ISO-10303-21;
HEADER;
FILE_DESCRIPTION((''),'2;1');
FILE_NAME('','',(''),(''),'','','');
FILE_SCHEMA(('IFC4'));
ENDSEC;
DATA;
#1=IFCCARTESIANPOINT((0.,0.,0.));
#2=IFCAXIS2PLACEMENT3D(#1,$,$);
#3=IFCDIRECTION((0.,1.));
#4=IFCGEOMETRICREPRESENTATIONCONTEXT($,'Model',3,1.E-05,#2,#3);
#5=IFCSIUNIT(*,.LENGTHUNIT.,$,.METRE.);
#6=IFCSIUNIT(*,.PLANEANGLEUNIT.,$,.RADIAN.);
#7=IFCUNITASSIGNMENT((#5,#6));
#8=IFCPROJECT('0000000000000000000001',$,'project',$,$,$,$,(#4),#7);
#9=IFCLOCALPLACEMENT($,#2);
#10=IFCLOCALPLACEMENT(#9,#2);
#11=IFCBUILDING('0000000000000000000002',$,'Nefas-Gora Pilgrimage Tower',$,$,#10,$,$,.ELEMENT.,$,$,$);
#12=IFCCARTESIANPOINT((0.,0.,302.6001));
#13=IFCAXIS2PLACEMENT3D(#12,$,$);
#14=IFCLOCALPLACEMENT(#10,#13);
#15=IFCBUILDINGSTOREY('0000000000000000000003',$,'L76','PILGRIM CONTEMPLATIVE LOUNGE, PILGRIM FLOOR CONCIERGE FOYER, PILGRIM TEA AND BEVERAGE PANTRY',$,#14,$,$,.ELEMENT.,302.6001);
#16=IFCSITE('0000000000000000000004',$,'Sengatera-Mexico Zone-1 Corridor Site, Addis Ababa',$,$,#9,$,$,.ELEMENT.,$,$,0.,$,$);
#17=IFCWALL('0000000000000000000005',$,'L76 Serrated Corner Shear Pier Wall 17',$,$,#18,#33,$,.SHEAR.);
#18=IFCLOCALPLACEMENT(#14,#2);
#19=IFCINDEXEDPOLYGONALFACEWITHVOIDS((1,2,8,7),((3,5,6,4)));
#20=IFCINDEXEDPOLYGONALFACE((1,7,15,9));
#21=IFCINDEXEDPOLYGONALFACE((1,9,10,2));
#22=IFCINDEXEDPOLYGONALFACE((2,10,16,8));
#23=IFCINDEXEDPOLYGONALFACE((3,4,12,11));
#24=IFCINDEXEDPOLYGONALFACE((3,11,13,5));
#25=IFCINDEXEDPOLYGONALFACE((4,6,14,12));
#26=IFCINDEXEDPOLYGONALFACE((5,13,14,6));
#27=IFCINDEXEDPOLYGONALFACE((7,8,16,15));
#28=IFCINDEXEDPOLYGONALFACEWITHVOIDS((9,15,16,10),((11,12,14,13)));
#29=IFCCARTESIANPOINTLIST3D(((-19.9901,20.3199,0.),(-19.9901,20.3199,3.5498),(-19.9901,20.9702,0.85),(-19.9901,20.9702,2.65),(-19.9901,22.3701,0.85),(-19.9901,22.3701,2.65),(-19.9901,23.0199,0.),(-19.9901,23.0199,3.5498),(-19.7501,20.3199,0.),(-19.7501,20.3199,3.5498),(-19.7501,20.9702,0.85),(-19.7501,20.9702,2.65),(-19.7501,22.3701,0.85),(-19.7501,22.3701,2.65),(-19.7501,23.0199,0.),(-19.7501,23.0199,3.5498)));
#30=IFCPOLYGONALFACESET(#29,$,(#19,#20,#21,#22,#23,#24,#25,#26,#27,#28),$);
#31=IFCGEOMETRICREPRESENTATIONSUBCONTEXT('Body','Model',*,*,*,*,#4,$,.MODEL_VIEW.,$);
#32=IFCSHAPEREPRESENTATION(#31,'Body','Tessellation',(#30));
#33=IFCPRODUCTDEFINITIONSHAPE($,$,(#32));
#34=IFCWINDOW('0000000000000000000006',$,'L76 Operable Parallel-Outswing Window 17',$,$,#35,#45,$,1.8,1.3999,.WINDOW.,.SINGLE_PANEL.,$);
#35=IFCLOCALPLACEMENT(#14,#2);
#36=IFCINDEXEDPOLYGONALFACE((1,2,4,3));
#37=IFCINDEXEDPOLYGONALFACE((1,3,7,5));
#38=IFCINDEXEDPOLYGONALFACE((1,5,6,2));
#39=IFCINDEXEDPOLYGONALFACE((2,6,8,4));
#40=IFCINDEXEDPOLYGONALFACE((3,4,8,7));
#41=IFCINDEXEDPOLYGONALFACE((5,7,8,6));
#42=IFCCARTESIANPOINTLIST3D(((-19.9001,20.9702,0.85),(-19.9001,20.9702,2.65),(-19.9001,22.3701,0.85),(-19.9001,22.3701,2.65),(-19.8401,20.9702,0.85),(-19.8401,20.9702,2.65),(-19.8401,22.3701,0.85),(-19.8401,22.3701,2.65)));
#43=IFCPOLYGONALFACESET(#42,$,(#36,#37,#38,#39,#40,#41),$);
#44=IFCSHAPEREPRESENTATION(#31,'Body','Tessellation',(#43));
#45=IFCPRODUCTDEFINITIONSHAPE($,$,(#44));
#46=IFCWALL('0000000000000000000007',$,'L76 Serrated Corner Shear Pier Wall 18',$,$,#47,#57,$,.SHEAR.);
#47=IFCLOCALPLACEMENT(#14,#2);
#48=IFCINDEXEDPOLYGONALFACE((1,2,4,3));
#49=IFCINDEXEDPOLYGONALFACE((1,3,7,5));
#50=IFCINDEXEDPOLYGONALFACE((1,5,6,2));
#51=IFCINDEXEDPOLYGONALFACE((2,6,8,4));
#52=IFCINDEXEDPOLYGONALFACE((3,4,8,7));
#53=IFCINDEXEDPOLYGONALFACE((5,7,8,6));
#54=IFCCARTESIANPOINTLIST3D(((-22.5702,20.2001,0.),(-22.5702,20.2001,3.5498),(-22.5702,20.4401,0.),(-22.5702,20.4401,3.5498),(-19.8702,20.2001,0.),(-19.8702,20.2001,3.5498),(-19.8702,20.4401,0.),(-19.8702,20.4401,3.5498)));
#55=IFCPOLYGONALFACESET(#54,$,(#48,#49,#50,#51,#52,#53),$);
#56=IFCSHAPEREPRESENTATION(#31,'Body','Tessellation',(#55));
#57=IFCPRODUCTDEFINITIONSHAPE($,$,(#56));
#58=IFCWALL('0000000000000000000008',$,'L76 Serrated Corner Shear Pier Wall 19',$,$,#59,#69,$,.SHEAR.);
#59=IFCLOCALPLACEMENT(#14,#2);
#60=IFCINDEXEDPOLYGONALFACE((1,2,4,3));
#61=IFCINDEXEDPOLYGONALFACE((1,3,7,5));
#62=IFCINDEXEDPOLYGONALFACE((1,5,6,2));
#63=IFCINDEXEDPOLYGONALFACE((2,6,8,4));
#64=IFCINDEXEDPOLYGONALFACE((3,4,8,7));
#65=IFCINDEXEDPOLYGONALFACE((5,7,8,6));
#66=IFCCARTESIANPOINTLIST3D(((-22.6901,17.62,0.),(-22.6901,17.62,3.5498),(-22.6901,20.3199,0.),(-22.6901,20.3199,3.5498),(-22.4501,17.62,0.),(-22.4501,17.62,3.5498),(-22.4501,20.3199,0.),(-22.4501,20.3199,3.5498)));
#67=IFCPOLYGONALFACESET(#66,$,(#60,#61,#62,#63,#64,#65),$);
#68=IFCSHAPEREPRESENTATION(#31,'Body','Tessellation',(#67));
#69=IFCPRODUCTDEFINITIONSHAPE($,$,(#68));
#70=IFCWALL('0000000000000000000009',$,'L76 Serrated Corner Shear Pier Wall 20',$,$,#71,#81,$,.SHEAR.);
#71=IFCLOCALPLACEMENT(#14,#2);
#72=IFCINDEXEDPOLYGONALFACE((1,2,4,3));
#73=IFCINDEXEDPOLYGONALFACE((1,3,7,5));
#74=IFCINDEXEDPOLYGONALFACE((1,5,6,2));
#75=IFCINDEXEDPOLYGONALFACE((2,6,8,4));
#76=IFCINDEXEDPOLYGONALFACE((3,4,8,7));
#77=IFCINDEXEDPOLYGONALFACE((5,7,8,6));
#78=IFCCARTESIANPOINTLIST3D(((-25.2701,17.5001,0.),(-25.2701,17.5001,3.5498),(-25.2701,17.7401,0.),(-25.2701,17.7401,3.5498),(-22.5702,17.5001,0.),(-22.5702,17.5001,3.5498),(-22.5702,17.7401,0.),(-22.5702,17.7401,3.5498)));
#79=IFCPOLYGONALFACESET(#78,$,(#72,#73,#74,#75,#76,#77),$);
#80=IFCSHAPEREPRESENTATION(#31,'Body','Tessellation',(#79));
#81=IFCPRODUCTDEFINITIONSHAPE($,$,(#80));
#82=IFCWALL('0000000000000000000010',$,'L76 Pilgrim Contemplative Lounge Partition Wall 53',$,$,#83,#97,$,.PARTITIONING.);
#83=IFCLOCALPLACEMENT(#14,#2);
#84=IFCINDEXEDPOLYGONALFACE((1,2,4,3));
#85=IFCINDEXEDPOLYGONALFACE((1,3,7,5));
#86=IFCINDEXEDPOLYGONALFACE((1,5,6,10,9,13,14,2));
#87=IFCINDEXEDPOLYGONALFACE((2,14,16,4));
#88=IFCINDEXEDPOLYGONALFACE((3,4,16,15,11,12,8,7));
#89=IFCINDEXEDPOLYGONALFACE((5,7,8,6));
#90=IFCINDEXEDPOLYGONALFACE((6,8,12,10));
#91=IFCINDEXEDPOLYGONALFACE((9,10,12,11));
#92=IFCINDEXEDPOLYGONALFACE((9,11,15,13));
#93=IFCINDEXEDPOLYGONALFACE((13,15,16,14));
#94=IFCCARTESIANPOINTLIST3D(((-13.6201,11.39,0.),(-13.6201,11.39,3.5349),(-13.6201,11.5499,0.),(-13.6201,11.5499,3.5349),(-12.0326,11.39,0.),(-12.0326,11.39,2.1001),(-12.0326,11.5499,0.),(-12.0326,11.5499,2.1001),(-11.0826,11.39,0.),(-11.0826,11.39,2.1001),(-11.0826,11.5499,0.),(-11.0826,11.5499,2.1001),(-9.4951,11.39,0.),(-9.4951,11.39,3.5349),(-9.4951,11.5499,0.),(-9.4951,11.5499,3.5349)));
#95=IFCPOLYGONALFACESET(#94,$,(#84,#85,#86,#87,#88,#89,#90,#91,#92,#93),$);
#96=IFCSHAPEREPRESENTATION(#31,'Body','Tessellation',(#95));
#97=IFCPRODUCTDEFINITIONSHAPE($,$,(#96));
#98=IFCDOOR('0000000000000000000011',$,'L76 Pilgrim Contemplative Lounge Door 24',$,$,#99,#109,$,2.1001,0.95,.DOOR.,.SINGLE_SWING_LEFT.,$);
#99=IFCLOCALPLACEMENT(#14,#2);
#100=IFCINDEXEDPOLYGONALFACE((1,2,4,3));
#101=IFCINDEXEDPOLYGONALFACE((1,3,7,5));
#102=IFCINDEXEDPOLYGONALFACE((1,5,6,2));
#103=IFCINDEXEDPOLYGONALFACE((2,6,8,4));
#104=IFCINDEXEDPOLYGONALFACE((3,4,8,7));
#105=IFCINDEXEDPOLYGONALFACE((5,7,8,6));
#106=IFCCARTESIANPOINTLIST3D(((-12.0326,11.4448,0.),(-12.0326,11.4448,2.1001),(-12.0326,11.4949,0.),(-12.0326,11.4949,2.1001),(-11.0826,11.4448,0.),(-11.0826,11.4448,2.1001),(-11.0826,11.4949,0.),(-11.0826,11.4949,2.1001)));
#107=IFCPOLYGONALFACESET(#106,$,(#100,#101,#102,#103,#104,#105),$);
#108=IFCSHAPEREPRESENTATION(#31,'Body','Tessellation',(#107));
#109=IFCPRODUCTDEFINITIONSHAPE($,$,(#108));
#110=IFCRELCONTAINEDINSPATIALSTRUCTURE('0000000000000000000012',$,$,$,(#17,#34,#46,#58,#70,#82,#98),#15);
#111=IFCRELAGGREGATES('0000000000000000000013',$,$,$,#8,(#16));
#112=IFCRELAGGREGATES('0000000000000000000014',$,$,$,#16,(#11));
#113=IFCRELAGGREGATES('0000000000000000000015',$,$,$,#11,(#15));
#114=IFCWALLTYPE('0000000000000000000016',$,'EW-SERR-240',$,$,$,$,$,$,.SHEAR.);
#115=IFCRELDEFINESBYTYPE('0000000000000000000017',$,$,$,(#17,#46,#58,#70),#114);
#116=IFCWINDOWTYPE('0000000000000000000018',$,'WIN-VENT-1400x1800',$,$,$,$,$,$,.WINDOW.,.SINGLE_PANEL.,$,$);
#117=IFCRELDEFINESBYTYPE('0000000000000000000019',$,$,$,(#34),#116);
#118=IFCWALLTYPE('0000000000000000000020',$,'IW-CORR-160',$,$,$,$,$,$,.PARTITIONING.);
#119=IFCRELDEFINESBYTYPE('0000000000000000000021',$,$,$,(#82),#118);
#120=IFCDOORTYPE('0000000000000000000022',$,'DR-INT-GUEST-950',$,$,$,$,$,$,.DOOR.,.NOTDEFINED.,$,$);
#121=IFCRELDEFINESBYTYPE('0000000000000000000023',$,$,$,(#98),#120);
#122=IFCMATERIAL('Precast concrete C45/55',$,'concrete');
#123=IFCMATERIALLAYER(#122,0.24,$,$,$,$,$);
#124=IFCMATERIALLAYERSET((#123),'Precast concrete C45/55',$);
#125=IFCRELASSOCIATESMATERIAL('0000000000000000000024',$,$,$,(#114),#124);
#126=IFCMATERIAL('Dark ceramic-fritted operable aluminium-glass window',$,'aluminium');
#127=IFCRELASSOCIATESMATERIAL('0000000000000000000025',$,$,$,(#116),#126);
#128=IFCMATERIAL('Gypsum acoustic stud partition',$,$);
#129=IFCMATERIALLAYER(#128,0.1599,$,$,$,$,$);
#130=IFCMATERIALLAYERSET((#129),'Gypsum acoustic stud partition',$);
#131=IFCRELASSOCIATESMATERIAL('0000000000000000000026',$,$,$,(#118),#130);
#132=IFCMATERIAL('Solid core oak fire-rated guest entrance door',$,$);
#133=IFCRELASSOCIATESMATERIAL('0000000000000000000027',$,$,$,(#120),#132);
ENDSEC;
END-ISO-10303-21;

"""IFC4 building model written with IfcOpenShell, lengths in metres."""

from ifc_helpers import new_model, si_unit, direction, frame, frame_2d, origin, place, context, subcontext, project, spatial, rectangle, extrude, source, transform, mapped, material, layer, layer_set, type_object, element, fill, save


model = new_model("IFC4")

# Units and contexts
model_context = context("Model", 3, precision=1e-05, world=origin(), true_north=direction((0.0, 1.0)))
body_context = subcontext(model_context, "Body", "Model", "MODEL_VIEW")
ifc_project = project(units=[si_unit("LENGTHUNIT", "METRE"), si_unit("PLANEANGLEUNIT", "RADIAN")], contexts=[model_context])

# Site, building, storey
site_placement = place(None, origin())
site = spatial("IfcSite", under=ifc_project, at=site_placement, Name="Sengatera-Mexico Zone-1 Corridor Site, Addis Ababa", CompositionType="ELEMENT", RefElevation=0.0)
building_placement = place(site_placement, origin())
building = spatial("IfcBuilding", under=site, at=building_placement, Name="Nefas-Gora Pilgrimage Tower", CompositionType="ELEMENT")
storey_placement = place(building_placement, frame((0.0, 0.0, 302.6001)))
storey = spatial("IfcBuildingStorey", under=building, at=storey_placement, Name="L76", Description="PILGRIM CONTEMPLATIVE LOUNGE, PILGRIM FLOOR CONCIERGE FOYER, PILGRIM TEA AND BEVERAGE PANTRY", CompositionType="ELEMENT", Elevation=302.6001)

# Wall, opening, window
ifc_material_1 = material(Name="Precast concrete C45/55", Category="concrete")
ifc_layer_1 = layer(ifc_material_1, 0.24)
ifc_layer_set_1 = layer_set([ifc_layer_1], Name="Precast concrete C45/55")
wall_type_1 = type_object("IfcWallType", Name="EW-SERR-240", PredefinedType="SHEAR", material=ifc_layer_set_1)
shared_shape_1 = source(origin(), body_context, "Body", "SweptSolid", [
    extrude(rectangle(XDim=2.7, YDim=0.24, at=frame_2d((1.3501, 0.0))), origin(), (0.0, 0.0, 1.0), 3.5498),
])
wall_1_placement = place(storey_placement, frame((-19.8701, 23.02, 0.0), z_axis=(0.0, 0.0, 1.0), x_axis=(0.0, -1.0, 0.0)))
wall_1 = element("IfcWall", 1, at=wall_1_placement, inside=storey, type_object=wall_type_1, Name="L76 Serrated Corner Shear Pier Wall 17", PredefinedType="SHEAR", context=body_context, shape_type="MappedRepresentation", body=[
    mapped(shared_shape_1, transform((0.0, 0.0, 0.0), x_axis=(1.0, 0.0, 0.0), y_axis=(0.0, 1.0, 0.0), z_axis=(0.0, 0.0, 1.0), scale=1.0)),
])
opening_1_placement = place(wall_1_placement, frame((0.6499, 0.0, 0.8501)))
opening_1 = element("IfcOpeningElement", 2, at=opening_1_placement, cuts=wall_1, PredefinedType="OPENING", context=body_context, shape_type="SweptSolid", body=[
    extrude(rectangle(XDim=1.3999, YDim=1.8, at=frame_2d((0.7, 0.8999))), frame((0.0, 0.1299, 0.0), z_axis=(0.0, -1.0, 0.0), x_axis=(1.0, 0.0, 0.0)), (0.0, 0.0, 1.0), 0.26),
])
ifc_material_2 = material(Name="Dark ceramic-fritted operable aluminium-glass window", Category="aluminium")
window_type = type_object("IfcWindowType", Name="WIN-VENT-1400x1800", PartitioningType="SINGLE_PANEL", PredefinedType="WINDOW", material=ifc_material_2)
shared_shape_2 = source(origin(), body_context, "Body", "SweptSolid", [
    extrude(rectangle(XDim=1.3999, YDim=1.8, at=frame_2d((0.7, 0.8999))), frame((0.0, 0.03, 0.0), z_axis=(0.0, -1.0, 0.0), x_axis=(1.0, 0.0, 0.0)), (0.0, 0.0, 1.0), 0.0601),
])
window_placement = place(opening_1_placement, origin())
window = element("IfcWindow", 3, at=window_placement, inside=storey, type_object=window_type, Name="L76 Operable Parallel-Outswing Window 17", OverallHeight=1.8, OverallWidth=1.3999, PartitioningType="SINGLE_PANEL", PredefinedType="WINDOW", context=body_context, shape_type="MappedRepresentation", body=[
    mapped(shared_shape_2, transform((0.0, 0.0, 0.0), x_axis=(1.0, 0.0, 0.0), y_axis=(0.0, 1.0, 0.0), z_axis=(0.0, 0.0, 1.0), scale=1.0)),
])
fill(opening_1, window)

# Walls
for number, where, z_axis, x_axis, name in (
    (4, (-19.8701, 20.3201, 0.0), (0.0, 0.0, 1.0), (-1.0, 0.0, 0.0), "L76 Serrated Corner Shear Pier Wall 18"),
    (5, (-22.5701, 20.3201, 0.0), (0.0, 0.0, 1.0), (0.0, -1.0, 0.0), "L76 Serrated Corner Shear Pier Wall 19"),
    (6, (-22.5701, 17.6201, 0.0), (0.0, 0.0, 1.0), (-1.0, 0.0, 0.0), "L76 Serrated Corner Shear Pier Wall 20"),
):
    element("IfcWall", number, at=place(storey_placement, frame(where, z_axis=z_axis, x_axis=x_axis)), inside=storey, type_object=wall_type_1, Name=name, PredefinedType="SHEAR", context=body_context, shape_type="MappedRepresentation", body=[
        mapped(shared_shape_1, transform((0.0, 0.0, 0.0), x_axis=(1.0, 0.0, 0.0), y_axis=(0.0, 1.0, 0.0), z_axis=(0.0, 0.0, 1.0), scale=1.0)),
    ])

# Wall, opening, door
ifc_material_3 = material(Name="Gypsum acoustic stud partition")
ifc_layer_2 = layer(ifc_material_3, 0.1599)
ifc_layer_set_2 = layer_set([ifc_layer_2], Name="Gypsum acoustic stud partition")
wall_type_2 = type_object("IfcWallType", Name="IW-CORR-160", PredefinedType="PARTITIONING", material=ifc_layer_set_2)
shared_shape_3 = source(origin(), body_context, "Body", "SweptSolid", [
    extrude(rectangle(XDim=4.125, YDim=0.1599, at=frame_2d((2.0625, 0.0))), origin(), (0.0, 0.0, 1.0), 3.5349),
])
wall_2_placement = place(storey_placement, frame((-13.6201, 11.47, 0.0), z_axis=(0.0, 0.0, 1.0), x_axis=(1.0, 0.0, 0.0)))
wall_2 = element("IfcWall", 7, at=wall_2_placement, inside=storey, type_object=wall_type_2, Name="L76 Pilgrim Contemplative Lounge Partition Wall 53", PredefinedType="PARTITIONING", context=body_context, shape_type="MappedRepresentation", body=[
    mapped(shared_shape_3, transform((0.0, 0.0, 0.0), x_axis=(1.0, 0.0, 0.0), y_axis=(0.0, 1.0, 0.0), z_axis=(0.0, 0.0, 1.0), scale=1.0)),
])
opening_2_placement = place(wall_2_placement, frame((1.5874, 0.0, 0.0)))
opening_2 = element("IfcOpeningElement", 8, at=opening_2_placement, cuts=wall_2, PredefinedType="OPENING", context=body_context, shape_type="SweptSolid", body=[
    extrude(rectangle(XDim=0.95, YDim=2.1001, at=frame_2d((0.4751, 1.05))), frame((0.0, 0.0898, 0.0), z_axis=(0.0, -1.0, 0.0), x_axis=(1.0, 0.0, 0.0)), (0.0, 0.0, 1.0), 0.1799),
])
ifc_material_4 = material(Name="Solid core oak fire-rated guest entrance door")
door_type = type_object("IfcDoorType", Name="DR-INT-GUEST-950", OperationType="NOTDEFINED", PredefinedType="DOOR", material=ifc_material_4)
shared_shape_4 = source(origin(), body_context, "Body", "SweptSolid", [
    extrude(rectangle(XDim=0.95, YDim=2.1001, at=frame_2d((0.4751, 1.05))), frame((0.0, 0.0249, 0.0), z_axis=(0.0, -1.0, 0.0), x_axis=(1.0, 0.0, 0.0)), (0.0, 0.0, 1.0), 0.05),
])
door_placement = place(opening_2_placement, origin())
door = element("IfcDoor", 9, at=door_placement, inside=storey, type_object=door_type, Name="L76 Pilgrim Contemplative Lounge Door 24", OperationType="SINGLE_SWING_LEFT", OverallHeight=2.1001, OverallWidth=0.95, PredefinedType="DOOR", context=body_context, shape_type="MappedRepresentation", body=[
    mapped(shared_shape_4, transform((0.0, 0.0, 0.0), x_axis=(1.0, 0.0, 0.0), y_axis=(0.0, 1.0, 0.0), z_axis=(0.0, 0.0, 1.0), scale=1.0)),
])
fill(opening_2, door)

save(model, "model.ifc")
